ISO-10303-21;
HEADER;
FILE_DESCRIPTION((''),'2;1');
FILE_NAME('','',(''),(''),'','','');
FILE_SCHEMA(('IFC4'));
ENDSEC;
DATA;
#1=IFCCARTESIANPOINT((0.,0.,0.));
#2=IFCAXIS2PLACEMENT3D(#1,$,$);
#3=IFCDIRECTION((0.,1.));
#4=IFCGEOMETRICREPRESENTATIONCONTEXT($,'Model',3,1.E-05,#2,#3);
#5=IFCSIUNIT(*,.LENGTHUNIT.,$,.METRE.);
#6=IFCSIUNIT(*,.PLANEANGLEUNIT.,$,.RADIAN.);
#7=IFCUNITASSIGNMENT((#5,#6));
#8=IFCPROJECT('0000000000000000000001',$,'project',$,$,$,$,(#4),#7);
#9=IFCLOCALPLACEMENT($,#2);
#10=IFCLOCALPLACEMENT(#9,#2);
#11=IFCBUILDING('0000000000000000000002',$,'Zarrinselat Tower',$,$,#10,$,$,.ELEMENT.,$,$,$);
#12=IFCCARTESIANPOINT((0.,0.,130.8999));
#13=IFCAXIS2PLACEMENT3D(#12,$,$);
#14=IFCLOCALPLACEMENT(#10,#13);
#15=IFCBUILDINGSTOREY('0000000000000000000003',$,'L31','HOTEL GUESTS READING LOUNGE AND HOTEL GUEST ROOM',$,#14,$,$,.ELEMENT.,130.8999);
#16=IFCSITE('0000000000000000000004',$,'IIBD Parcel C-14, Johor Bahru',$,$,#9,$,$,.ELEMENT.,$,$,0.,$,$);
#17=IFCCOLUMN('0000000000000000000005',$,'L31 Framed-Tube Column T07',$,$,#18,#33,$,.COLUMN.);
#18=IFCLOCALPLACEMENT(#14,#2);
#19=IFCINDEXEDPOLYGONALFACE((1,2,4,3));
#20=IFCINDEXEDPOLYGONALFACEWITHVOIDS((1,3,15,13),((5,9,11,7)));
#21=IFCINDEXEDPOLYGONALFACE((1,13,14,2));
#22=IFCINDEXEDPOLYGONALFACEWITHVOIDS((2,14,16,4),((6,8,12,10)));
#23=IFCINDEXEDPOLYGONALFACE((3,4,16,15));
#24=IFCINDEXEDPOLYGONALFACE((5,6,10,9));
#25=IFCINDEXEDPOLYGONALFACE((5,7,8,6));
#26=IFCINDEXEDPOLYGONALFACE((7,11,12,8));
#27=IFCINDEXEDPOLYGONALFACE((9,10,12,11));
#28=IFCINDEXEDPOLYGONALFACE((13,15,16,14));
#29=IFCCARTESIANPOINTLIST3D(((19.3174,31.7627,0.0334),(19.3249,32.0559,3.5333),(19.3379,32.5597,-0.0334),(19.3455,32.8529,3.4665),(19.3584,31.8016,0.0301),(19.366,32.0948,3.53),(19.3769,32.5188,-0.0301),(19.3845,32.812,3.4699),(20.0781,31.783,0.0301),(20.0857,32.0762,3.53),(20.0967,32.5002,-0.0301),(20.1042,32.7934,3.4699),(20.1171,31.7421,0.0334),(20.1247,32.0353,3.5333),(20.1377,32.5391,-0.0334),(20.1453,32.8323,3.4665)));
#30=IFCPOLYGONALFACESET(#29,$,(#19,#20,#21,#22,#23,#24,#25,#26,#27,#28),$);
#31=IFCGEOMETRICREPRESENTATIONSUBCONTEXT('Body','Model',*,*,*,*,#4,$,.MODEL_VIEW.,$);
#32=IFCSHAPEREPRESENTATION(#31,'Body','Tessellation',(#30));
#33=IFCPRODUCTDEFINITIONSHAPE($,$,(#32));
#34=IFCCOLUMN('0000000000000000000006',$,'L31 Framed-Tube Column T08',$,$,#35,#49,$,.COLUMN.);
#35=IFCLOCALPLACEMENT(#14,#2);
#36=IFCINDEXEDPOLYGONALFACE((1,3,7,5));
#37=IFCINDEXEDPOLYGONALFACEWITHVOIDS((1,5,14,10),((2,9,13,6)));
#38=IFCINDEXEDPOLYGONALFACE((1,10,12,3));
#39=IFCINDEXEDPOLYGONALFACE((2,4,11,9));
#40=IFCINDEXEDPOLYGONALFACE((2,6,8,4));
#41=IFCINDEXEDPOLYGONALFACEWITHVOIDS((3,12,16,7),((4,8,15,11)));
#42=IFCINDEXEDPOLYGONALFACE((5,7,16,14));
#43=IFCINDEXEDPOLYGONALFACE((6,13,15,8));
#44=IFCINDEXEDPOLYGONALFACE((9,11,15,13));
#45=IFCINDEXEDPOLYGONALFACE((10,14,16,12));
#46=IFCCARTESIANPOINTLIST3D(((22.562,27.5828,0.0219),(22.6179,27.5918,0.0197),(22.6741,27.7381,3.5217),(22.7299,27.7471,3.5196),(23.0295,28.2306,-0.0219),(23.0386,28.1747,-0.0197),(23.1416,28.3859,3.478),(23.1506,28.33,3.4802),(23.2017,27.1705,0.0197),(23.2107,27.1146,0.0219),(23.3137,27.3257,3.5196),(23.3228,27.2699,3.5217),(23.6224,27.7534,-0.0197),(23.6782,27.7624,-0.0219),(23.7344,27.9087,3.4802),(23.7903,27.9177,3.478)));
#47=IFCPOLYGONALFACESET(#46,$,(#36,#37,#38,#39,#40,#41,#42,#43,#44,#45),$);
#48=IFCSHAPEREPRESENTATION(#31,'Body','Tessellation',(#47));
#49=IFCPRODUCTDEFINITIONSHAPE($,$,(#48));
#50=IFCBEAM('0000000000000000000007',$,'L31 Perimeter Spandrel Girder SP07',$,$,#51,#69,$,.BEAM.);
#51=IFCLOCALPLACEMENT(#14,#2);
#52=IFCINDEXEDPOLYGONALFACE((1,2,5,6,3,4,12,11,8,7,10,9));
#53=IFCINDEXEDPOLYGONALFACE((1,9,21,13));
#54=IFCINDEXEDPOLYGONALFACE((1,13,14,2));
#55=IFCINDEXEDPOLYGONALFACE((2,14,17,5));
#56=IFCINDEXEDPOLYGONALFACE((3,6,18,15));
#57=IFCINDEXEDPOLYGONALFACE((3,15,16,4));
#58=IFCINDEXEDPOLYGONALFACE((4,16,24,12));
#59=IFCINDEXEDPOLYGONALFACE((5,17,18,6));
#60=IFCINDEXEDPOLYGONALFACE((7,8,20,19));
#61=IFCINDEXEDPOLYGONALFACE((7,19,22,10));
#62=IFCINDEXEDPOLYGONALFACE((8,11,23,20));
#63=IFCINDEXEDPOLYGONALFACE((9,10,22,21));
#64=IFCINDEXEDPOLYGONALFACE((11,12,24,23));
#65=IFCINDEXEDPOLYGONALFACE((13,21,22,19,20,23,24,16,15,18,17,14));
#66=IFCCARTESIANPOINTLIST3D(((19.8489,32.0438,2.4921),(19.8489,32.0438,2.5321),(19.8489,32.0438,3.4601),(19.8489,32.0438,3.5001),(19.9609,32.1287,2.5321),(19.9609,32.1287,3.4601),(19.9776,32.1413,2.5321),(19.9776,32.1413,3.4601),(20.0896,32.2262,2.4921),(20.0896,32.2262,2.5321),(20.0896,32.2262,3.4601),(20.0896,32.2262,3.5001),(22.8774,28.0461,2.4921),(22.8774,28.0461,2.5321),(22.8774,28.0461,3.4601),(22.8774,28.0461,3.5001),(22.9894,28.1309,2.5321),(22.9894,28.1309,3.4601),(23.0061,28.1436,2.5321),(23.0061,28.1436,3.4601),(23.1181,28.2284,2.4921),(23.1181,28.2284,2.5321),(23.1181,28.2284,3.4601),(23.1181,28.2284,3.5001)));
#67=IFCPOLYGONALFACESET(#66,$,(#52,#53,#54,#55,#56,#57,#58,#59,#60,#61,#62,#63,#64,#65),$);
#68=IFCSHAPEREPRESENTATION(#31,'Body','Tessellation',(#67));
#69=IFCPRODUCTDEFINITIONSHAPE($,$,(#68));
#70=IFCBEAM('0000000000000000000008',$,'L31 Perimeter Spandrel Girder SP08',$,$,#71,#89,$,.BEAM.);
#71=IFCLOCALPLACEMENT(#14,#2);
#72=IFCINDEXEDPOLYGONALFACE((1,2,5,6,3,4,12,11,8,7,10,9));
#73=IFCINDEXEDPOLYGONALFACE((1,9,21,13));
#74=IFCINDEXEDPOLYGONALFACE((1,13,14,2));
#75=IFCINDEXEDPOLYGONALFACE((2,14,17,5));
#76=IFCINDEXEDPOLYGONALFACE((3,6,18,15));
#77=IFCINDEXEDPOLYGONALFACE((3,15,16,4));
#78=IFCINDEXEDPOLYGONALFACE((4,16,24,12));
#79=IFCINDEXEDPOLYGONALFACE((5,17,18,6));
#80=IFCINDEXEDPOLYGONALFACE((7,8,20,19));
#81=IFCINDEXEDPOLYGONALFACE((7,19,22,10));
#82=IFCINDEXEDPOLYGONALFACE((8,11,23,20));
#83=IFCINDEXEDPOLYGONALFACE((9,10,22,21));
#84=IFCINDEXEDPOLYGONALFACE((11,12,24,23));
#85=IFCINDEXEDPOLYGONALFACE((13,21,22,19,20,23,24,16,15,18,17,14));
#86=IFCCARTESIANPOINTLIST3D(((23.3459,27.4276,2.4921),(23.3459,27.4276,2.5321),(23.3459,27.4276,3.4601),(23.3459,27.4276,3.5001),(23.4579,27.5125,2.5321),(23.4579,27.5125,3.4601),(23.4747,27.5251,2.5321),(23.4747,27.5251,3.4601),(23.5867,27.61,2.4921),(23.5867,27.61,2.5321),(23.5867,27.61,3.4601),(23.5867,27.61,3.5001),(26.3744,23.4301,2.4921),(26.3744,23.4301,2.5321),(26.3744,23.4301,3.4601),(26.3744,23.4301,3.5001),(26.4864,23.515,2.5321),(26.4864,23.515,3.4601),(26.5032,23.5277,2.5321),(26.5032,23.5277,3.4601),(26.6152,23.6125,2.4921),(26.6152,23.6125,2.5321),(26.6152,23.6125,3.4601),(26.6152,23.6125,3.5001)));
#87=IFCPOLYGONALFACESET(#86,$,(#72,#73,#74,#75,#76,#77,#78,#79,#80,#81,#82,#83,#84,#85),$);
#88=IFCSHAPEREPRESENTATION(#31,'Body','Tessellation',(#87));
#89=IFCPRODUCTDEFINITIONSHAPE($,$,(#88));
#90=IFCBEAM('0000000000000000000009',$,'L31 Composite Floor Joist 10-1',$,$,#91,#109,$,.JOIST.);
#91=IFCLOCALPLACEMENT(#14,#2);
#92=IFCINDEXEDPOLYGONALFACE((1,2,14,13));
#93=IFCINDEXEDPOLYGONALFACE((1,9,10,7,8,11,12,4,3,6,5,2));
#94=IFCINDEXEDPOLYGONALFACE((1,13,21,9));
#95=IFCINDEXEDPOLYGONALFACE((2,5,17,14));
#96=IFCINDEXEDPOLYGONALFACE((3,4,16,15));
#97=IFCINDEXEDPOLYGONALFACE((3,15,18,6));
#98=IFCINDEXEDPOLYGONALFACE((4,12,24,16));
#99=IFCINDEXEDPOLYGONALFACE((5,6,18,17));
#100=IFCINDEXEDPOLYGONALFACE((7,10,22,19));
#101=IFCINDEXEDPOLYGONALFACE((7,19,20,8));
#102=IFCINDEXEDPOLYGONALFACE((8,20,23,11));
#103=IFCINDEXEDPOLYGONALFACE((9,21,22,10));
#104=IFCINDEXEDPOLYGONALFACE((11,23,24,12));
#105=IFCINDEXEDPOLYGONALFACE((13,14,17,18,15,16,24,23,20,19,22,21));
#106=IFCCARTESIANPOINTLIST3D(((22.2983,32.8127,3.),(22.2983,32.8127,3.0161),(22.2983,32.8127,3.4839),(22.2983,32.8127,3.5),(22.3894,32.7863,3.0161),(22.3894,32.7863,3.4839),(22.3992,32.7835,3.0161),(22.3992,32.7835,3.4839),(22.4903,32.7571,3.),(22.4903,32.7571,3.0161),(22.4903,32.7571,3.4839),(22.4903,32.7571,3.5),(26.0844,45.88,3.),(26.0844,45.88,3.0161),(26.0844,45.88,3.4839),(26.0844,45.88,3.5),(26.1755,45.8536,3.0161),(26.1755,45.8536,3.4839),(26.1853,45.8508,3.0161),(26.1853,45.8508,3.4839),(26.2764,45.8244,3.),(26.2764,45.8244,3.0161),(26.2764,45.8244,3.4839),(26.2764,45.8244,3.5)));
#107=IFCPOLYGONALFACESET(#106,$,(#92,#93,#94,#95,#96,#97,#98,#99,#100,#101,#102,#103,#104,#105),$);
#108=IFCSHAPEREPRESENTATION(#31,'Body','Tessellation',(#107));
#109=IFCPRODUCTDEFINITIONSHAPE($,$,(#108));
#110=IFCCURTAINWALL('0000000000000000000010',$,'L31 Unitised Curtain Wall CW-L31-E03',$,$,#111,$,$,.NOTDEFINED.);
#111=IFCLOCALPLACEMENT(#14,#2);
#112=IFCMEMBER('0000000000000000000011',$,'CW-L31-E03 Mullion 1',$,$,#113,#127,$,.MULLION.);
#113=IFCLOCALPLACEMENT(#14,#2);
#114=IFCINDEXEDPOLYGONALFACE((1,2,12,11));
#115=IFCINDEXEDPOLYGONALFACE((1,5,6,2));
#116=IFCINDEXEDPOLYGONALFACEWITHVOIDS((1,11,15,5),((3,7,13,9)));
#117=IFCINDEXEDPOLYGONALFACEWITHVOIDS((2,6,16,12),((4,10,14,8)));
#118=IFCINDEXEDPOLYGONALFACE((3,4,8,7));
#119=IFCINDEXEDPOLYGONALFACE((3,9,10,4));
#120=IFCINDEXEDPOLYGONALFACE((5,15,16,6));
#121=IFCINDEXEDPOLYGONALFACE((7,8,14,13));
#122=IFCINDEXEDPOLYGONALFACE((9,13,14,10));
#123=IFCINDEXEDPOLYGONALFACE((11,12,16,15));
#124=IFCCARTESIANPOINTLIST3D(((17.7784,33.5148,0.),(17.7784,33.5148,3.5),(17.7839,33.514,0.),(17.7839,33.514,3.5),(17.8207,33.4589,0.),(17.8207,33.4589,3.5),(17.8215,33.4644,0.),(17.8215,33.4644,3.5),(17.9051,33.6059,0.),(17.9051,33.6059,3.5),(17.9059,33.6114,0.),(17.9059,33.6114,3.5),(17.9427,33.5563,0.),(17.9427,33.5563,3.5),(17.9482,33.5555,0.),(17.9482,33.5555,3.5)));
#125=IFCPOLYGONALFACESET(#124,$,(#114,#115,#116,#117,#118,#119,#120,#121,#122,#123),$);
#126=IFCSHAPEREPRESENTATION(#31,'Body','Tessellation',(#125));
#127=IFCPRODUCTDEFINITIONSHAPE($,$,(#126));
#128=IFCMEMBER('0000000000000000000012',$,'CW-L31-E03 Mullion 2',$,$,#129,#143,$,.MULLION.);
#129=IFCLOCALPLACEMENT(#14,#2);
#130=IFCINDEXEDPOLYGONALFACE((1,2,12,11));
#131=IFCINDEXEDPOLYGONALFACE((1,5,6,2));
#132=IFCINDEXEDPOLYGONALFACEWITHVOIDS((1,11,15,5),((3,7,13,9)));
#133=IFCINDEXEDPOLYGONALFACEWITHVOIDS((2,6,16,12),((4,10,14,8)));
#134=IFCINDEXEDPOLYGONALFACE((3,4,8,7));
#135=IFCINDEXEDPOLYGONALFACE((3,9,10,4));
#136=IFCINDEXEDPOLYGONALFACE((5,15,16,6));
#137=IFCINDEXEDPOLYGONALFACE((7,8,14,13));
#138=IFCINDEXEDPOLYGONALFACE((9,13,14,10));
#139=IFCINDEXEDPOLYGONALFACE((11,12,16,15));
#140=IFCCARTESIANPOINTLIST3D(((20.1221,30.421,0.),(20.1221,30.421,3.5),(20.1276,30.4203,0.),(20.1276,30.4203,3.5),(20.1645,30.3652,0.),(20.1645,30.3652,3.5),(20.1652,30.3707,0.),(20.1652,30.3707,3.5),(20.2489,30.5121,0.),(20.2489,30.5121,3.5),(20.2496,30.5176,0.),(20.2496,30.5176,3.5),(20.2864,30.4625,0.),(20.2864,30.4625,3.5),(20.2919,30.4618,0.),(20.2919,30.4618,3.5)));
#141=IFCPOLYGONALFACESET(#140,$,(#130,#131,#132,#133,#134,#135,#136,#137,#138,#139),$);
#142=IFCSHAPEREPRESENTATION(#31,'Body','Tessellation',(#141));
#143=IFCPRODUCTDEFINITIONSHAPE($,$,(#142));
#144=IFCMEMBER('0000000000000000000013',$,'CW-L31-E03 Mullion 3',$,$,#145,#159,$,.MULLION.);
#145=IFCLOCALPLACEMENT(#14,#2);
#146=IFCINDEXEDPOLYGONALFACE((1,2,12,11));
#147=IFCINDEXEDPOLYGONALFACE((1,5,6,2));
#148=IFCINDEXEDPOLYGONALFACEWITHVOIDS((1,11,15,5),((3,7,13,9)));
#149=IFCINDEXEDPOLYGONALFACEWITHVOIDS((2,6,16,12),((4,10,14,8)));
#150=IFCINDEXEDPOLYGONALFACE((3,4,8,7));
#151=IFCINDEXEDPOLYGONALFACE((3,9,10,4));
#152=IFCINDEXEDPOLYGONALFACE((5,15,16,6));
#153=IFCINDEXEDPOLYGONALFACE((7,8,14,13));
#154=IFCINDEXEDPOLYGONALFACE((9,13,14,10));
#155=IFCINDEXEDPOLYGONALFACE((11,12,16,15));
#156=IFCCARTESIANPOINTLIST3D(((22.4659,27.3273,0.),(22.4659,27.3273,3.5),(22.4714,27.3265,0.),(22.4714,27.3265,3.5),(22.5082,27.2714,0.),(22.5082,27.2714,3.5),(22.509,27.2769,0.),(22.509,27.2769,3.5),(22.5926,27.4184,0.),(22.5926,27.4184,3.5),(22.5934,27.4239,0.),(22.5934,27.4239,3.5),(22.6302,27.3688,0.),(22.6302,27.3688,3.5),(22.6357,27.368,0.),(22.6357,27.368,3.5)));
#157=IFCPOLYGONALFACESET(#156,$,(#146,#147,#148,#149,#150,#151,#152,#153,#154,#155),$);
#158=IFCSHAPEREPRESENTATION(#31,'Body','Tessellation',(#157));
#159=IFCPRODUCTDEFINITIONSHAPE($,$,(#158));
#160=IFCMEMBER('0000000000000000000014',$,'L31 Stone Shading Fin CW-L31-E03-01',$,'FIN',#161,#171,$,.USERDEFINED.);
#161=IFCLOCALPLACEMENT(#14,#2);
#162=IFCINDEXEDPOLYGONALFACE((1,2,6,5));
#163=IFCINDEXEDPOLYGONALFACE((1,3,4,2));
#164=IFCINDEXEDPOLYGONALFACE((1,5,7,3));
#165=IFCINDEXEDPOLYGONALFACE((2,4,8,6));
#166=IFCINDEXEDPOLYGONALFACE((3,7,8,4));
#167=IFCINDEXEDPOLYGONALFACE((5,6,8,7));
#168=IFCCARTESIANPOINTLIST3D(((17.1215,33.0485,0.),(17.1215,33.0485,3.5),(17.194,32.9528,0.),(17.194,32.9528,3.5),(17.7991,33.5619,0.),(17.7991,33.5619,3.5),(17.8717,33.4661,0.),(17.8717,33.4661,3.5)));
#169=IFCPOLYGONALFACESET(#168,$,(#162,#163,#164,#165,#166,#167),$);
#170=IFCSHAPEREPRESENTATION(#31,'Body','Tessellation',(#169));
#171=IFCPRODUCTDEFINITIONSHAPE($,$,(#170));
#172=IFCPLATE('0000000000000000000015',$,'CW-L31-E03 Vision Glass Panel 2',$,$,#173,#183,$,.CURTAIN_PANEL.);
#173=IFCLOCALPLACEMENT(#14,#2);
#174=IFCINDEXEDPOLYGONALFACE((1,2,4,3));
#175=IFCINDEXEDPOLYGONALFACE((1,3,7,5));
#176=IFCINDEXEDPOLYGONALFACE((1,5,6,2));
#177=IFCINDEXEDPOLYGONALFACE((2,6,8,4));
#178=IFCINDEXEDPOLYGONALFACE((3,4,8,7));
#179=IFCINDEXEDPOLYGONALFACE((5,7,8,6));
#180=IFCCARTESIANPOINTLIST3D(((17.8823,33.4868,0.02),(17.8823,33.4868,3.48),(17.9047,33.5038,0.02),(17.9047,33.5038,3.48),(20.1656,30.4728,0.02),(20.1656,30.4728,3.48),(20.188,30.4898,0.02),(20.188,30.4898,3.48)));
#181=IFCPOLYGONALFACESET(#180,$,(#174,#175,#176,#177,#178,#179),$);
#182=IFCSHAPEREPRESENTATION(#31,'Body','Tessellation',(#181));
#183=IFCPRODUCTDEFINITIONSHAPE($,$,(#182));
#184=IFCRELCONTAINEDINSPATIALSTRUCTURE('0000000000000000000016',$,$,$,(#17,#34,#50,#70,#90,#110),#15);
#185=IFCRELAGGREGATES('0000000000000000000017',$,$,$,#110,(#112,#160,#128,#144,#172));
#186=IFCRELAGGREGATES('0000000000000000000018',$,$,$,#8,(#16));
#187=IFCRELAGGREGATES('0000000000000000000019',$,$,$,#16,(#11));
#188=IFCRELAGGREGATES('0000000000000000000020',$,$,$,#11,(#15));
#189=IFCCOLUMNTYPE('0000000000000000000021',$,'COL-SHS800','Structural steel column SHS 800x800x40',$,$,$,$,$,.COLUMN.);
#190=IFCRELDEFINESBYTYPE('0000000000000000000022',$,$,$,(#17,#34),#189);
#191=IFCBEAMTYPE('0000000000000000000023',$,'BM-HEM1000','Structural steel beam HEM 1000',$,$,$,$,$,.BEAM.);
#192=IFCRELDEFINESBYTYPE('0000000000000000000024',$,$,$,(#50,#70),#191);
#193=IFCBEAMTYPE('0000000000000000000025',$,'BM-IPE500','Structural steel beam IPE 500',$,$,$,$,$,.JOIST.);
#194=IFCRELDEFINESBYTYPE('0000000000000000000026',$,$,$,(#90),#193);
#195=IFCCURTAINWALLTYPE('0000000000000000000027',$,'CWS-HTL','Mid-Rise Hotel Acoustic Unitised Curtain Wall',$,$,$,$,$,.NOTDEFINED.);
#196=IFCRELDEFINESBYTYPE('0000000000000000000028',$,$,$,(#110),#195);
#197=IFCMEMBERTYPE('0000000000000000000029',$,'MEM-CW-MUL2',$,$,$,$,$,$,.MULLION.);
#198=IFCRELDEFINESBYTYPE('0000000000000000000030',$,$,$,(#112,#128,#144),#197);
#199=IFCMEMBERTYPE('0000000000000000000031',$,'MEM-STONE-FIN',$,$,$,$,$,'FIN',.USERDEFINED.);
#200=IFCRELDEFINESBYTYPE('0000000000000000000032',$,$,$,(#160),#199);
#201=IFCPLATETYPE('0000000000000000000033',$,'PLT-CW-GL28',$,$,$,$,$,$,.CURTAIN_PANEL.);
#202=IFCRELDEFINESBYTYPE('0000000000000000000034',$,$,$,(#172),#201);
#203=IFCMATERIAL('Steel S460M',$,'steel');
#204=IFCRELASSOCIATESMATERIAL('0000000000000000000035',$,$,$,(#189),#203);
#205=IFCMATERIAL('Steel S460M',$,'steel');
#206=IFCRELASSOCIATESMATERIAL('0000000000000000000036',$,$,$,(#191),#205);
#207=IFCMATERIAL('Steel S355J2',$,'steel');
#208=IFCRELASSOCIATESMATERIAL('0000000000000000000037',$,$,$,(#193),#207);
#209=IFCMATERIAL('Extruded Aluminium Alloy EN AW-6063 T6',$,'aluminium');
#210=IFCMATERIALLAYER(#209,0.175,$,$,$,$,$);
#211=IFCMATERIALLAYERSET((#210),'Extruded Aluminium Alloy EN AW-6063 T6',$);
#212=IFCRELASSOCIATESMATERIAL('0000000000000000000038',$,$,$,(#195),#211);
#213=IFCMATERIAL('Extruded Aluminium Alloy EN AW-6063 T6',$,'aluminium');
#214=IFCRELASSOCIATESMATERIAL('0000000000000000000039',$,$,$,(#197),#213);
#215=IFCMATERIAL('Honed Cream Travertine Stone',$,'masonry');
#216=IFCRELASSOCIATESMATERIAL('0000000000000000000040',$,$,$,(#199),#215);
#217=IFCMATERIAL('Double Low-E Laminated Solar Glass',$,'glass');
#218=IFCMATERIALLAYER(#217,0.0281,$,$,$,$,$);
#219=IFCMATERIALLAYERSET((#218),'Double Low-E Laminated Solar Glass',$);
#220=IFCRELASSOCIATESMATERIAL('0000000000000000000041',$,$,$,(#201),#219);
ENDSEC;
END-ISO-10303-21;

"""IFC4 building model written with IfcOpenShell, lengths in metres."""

from ifc_helpers import new_model, si_unit, direction, frame, origin, origin_2d, place, context, subcontext, project, spatial, rectangle, hollow_rectangle, i_section, extrude, material, layer, layer_set, material_profile, profile_set, type_object, element, aggregate, save


model = new_model("IFC4")

# Units and contexts
model_context = context("Model", 3, precision=1e-05, world=origin(), true_north=direction((0.0, 1.0)))
body_context = subcontext(model_context, "Body", "Model", "MODEL_VIEW")
ifc_project = project(units=[si_unit("LENGTHUNIT", "METRE"), si_unit("PLANEANGLEUNIT", "RADIAN")], contexts=[model_context])

# Site, building, storey
site_placement = place(None, origin())
site = spatial("IfcSite", under=ifc_project, at=site_placement, Name="IIBD Parcel C-14, Johor Bahru", CompositionType="ELEMENT", RefElevation=0.0)
building_placement = place(site_placement, origin())
building = spatial("IfcBuilding", under=site, at=building_placement, Name="Zarrinselat Tower", CompositionType="ELEMENT")
storey_placement = place(building_placement, frame((0.0, 0.0, 130.8999)))
storey = spatial("IfcBuildingStorey", under=building, at=storey_placement, Name="L31", Description="HOTEL GUESTS READING LOUNGE AND HOTEL GUEST ROOM", CompositionType="ELEMENT", Elevation=130.8999)

# Columns
ifc_material_1 = material(Name="Steel S460M", Category="steel")
ifc_material_profile_1 = material_profile(ifc_material_1, hollow_rectangle(XDim=0.8, YDim=0.8, WallThickness=0.04, at=origin_2d()), Name="SHS 800x800x40")
ifc_profile_set_1 = profile_set([ifc_material_profile_1], Name="Steel S460M")
column_type = type_object("IfcColumnType", Name="COL-SHS800", Description="Structural steel column SHS 800x800x40", PredefinedType="COLUMN", material=ifc_profile_set_1)
column_1_placement = place(storey_placement, frame((19.7275, 32.1509, 0.0), z_axis=(0.002155, 0.083482, 0.996507), x_axis=(-0.999667, 0.025803, 0.0)))
element("IfcColumn", 1, at=column_1_placement, inside=storey, type_object=column_type, Name="L31 Framed-Tube Column T07", PredefinedType="COLUMN", context=body_context, shape_type="SweptSolid", body=[
    extrude(hollow_rectangle(XDim=0.8, YDim=0.8, WallThickness=0.04, at=origin_2d()), origin(), (0.0, 0.0, 1.0), 3.5122),
])
column_2_placement = place(storey_placement, frame((23.1201, 27.6726, 0.0), z_axis=(0.031969, 0.044298, 0.998507), x_axis=(-0.810881, 0.585211, 0.0)))
element("IfcColumn", 2, at=column_2_placement, inside=storey, type_object=column_type, Name="L31 Framed-Tube Column T08", PredefinedType="COLUMN", context=body_context, shape_type="SweptSolid", body=[
    extrude(hollow_rectangle(XDim=0.8, YDim=0.8, WallThickness=0.04, at=origin_2d()), origin(), (0.0, 0.0, 1.0), 3.5051),
])

# Beams
ifc_material_2 = material(Name="Steel S460M", Category="steel")
ifc_material_profile_2 = material_profile(ifc_material_2, i_section(OverallWidth=0.302, OverallDepth=1.0081, WebThickness=0.021, FlangeThickness=0.04, at=origin_2d()), Name="HEM 1000")
ifc_profile_set_2 = profile_set([ifc_material_profile_2], Name="Steel S460M")
beam_type_1 = type_object("IfcBeamType", Name="BM-HEM1000", Description="Structural steel beam HEM 1000", PredefinedType="BEAM", material=ifc_profile_set_2)
beam_1_placement = place(storey_placement, frame((19.9692, 32.135, 2.9961), z_axis=(0.603848, -0.797099, 0.0), x_axis=(0.797099, 0.603848, 0.0)))
element("IfcBeam", 3, at=beam_1_placement, inside=storey, type_object=beam_type_1, Name="L31 Perimeter Spandrel Girder SP07", PredefinedType="BEAM", context=body_context, shape_type="SweptSolid", body=[
    extrude(i_section(OverallWidth=0.302, OverallDepth=1.0081, WebThickness=0.021, FlangeThickness=0.04, at=origin_2d()), origin(), (0.0, 0.0, 1.0), 5.0154),
])
beam_2_placement = place(storey_placement, frame((23.4663, 27.5188, 2.9961), z_axis=(0.603872, -0.797081, 0.0), x_axis=(0.797081, 0.603872, 0.0)))
element("IfcBeam", 4, at=beam_2_placement, inside=storey, type_object=beam_type_1, Name="L31 Perimeter Spandrel Girder SP08", PredefinedType="BEAM", context=body_context, shape_type="SweptSolid", body=[
    extrude(i_section(OverallWidth=0.302, OverallDepth=1.0081, WebThickness=0.021, FlangeThickness=0.04, at=origin_2d()), origin(), (0.0, 0.0, 1.0), 5.0151),
])
ifc_material_3 = material(Name="Steel S355J2", Category="steel")
ifc_material_profile_3 = material_profile(ifc_material_3, i_section(OverallWidth=0.2, OverallDepth=0.5, WebThickness=0.0103, FlangeThickness=0.0161, at=origin_2d()), Name="IPE 500")
ifc_profile_set_3 = profile_set([ifc_material_profile_3], Name="Steel S355J2")
beam_type_2 = type_object("IfcBeamType", Name="BM-IPE500", Description="Structural steel beam IPE 500", PredefinedType="JOIST", material=ifc_profile_set_3)
beam_3_placement = place(storey_placement, frame((22.3943, 32.7849, 3.25), z_axis=(0.278293, 0.960496, 0.0), x_axis=(-0.960496, 0.278293, 0.0)))
element("IfcBeam", 5, at=beam_3_placement, inside=storey, type_object=beam_type_2, Name="L31 Composite Floor Joist 10-1", PredefinedType="JOIST", context=body_context, shape_type="SweptSolid", body=[
    extrude(i_section(OverallWidth=0.2, OverallDepth=0.5, WebThickness=0.0103, FlangeThickness=0.0161, at=origin_2d()), origin(), (0.0, 0.0, 1.0), 13.6047),
])

# Curtain wall, members, plate
ifc_material_4 = material(Name="Extruded Aluminium Alloy EN AW-6063 T6", Category="aluminium")
ifc_layer_1 = layer(ifc_material_4, 0.175)
ifc_layer_set_1 = layer_set([ifc_layer_1], Name="Extruded Aluminium Alloy EN AW-6063 T6")
curtain_wall_type = type_object("IfcCurtainWallType", Name="CWS-HTL", Description="Mid-Rise Hotel Acoustic Unitised Curtain Wall", PredefinedType="NOTDEFINED", material=ifc_layer_set_1)
curtain_wall_placement = place(storey_placement, origin())
curtain_wall = element("IfcCurtainWall", 6, at=curtain_wall_placement, inside=storey, type_object=curtain_wall_type, Name="L31 Unitised Curtain Wall CW-L31-E03", PredefinedType="NOTDEFINED")
ifc_material_5 = material(Name="Extruded Aluminium Alloy EN AW-6063 T6", Category="aluminium")
ifc_material_profile_4 = material_profile(ifc_material_5, hollow_rectangle(XDim=0.0701, YDim=0.1599, WallThickness=0.0039, at=origin_2d()), Name="RHS 160x70x4")
ifc_profile_set_4 = profile_set([ifc_material_profile_4], Name="Extruded Aluminium Alloy EN AW-6063 T6")
member_type_1 = type_object("IfcMemberType", Name="MEM-CW-MUL2", PredefinedType="MULLION", material=ifc_profile_set_4)
member_1_placement = place(storey_placement, frame((17.8633, 33.5352, 0.0), z_axis=(0.0, 0.0, 1.0), x_axis=(0.603858, -0.797092, 0.0)))
member_1 = element("IfcMember", 7, at=member_1_placement, type_object=member_type_1, Name="CW-L31-E03 Mullion 1", PredefinedType="MULLION", context=body_context, shape_type="SweptSolid", body=[
    extrude(hollow_rectangle(XDim=0.0701, YDim=0.1599, WallThickness=0.0039, at=origin_2d()), origin(), (0.0, 0.0, 1.0), 3.5),
])
member_2_placement = place(storey_placement, frame((20.207, 30.4414, 0.0), z_axis=(0.0, 0.0, 1.0), x_axis=(0.603858, -0.797092, 0.0)))
member_2 = element("IfcMember", 8, at=member_2_placement, type_object=member_type_1, Name="CW-L31-E03 Mullion 2", PredefinedType="MULLION", context=body_context, shape_type="SweptSolid", body=[
    extrude(hollow_rectangle(XDim=0.0701, YDim=0.1599, WallThickness=0.0039, at=origin_2d()), origin(), (0.0, 0.0, 1.0), 3.5),
])
member_3_placement = place(storey_placement, frame((22.5508, 27.3477, 0.0), z_axis=(0.0, 0.0, 1.0), x_axis=(0.603858, -0.797092, 0.0)))
member_3 = element("IfcMember", 9, at=member_3_placement, type_object=member_type_1, Name="CW-L31-E03 Mullion 3", PredefinedType="MULLION", context=body_context, shape_type="SweptSolid", body=[
    extrude(hollow_rectangle(XDim=0.0701, YDim=0.1599, WallThickness=0.0039, at=origin_2d()), origin(), (0.0, 0.0, 1.0), 3.5),
])
ifc_material_6 = material(Name="Honed Cream Travertine Stone", Category="masonry")
ifc_material_profile_5 = material_profile(ifc_material_6, rectangle(XDim=0.1201, YDim=0.8501, at=origin_2d()), Name="FIN 850x120")
ifc_profile_set_5 = profile_set([ifc_material_profile_5], Name="Honed Cream Travertine Stone")
member_type_2 = type_object("IfcMemberType", Name="MEM-STONE-FIN", ElementType="FIN", PredefinedType="USERDEFINED", material=ifc_profile_set_5)
member_4_placement = place(storey_placement, frame((17.4966, 33.2573, 0.0), z_axis=(0.0, 0.0, 1.0), x_axis=(-0.603858, 0.797092, 0.0)))
member_4 = element("IfcMember", 10, at=member_4_placement, type_object=member_type_2, Name="L31 Stone Shading Fin CW-L31-E03-01", ObjectType="FIN", PredefinedType="USERDEFINED", context=body_context, shape_type="SweptSolid", body=[
    extrude(rectangle(XDim=0.1201, YDim=0.8501, at=origin_2d()), origin(), (0.0, 0.0, 1.0), 3.5),
])
ifc_material_7 = material(Name="Double Low-E Laminated Solar Glass", Category="glass")
ifc_layer_2 = layer(ifc_material_7, 0.0281)
ifc_layer_set_2 = layer_set([ifc_layer_2], Name="Double Low-E Laminated Solar Glass")
plate_type = type_object("IfcPlateType", Name="PLT-CW-GL28", PredefinedType="CURTAIN_PANEL", material=ifc_layer_set_2)
plate_1_placement = place(storey_placement, frame((19.0352, 31.9883, 0.02), z_axis=(0.0, 0.0, 1.0), x_axis=(0.603858, -0.797092, 0.0)))
plate_1 = element("IfcPlate", 11, at=plate_1_placement, type_object=plate_type, Name="CW-L31-E03 Vision Glass Panel 2", PredefinedType="CURTAIN_PANEL", context=body_context, shape_type="SweptSolid", body=[
    extrude(rectangle(XDim=3.7812, YDim=0.0281, at=origin_2d()), origin(), (0.0, 0.0, 1.0), 3.46),
])
aggregate(curtain_wall, [member_1, member_4, member_2, member_3, plate_1])

save(model, "model.ifc")
